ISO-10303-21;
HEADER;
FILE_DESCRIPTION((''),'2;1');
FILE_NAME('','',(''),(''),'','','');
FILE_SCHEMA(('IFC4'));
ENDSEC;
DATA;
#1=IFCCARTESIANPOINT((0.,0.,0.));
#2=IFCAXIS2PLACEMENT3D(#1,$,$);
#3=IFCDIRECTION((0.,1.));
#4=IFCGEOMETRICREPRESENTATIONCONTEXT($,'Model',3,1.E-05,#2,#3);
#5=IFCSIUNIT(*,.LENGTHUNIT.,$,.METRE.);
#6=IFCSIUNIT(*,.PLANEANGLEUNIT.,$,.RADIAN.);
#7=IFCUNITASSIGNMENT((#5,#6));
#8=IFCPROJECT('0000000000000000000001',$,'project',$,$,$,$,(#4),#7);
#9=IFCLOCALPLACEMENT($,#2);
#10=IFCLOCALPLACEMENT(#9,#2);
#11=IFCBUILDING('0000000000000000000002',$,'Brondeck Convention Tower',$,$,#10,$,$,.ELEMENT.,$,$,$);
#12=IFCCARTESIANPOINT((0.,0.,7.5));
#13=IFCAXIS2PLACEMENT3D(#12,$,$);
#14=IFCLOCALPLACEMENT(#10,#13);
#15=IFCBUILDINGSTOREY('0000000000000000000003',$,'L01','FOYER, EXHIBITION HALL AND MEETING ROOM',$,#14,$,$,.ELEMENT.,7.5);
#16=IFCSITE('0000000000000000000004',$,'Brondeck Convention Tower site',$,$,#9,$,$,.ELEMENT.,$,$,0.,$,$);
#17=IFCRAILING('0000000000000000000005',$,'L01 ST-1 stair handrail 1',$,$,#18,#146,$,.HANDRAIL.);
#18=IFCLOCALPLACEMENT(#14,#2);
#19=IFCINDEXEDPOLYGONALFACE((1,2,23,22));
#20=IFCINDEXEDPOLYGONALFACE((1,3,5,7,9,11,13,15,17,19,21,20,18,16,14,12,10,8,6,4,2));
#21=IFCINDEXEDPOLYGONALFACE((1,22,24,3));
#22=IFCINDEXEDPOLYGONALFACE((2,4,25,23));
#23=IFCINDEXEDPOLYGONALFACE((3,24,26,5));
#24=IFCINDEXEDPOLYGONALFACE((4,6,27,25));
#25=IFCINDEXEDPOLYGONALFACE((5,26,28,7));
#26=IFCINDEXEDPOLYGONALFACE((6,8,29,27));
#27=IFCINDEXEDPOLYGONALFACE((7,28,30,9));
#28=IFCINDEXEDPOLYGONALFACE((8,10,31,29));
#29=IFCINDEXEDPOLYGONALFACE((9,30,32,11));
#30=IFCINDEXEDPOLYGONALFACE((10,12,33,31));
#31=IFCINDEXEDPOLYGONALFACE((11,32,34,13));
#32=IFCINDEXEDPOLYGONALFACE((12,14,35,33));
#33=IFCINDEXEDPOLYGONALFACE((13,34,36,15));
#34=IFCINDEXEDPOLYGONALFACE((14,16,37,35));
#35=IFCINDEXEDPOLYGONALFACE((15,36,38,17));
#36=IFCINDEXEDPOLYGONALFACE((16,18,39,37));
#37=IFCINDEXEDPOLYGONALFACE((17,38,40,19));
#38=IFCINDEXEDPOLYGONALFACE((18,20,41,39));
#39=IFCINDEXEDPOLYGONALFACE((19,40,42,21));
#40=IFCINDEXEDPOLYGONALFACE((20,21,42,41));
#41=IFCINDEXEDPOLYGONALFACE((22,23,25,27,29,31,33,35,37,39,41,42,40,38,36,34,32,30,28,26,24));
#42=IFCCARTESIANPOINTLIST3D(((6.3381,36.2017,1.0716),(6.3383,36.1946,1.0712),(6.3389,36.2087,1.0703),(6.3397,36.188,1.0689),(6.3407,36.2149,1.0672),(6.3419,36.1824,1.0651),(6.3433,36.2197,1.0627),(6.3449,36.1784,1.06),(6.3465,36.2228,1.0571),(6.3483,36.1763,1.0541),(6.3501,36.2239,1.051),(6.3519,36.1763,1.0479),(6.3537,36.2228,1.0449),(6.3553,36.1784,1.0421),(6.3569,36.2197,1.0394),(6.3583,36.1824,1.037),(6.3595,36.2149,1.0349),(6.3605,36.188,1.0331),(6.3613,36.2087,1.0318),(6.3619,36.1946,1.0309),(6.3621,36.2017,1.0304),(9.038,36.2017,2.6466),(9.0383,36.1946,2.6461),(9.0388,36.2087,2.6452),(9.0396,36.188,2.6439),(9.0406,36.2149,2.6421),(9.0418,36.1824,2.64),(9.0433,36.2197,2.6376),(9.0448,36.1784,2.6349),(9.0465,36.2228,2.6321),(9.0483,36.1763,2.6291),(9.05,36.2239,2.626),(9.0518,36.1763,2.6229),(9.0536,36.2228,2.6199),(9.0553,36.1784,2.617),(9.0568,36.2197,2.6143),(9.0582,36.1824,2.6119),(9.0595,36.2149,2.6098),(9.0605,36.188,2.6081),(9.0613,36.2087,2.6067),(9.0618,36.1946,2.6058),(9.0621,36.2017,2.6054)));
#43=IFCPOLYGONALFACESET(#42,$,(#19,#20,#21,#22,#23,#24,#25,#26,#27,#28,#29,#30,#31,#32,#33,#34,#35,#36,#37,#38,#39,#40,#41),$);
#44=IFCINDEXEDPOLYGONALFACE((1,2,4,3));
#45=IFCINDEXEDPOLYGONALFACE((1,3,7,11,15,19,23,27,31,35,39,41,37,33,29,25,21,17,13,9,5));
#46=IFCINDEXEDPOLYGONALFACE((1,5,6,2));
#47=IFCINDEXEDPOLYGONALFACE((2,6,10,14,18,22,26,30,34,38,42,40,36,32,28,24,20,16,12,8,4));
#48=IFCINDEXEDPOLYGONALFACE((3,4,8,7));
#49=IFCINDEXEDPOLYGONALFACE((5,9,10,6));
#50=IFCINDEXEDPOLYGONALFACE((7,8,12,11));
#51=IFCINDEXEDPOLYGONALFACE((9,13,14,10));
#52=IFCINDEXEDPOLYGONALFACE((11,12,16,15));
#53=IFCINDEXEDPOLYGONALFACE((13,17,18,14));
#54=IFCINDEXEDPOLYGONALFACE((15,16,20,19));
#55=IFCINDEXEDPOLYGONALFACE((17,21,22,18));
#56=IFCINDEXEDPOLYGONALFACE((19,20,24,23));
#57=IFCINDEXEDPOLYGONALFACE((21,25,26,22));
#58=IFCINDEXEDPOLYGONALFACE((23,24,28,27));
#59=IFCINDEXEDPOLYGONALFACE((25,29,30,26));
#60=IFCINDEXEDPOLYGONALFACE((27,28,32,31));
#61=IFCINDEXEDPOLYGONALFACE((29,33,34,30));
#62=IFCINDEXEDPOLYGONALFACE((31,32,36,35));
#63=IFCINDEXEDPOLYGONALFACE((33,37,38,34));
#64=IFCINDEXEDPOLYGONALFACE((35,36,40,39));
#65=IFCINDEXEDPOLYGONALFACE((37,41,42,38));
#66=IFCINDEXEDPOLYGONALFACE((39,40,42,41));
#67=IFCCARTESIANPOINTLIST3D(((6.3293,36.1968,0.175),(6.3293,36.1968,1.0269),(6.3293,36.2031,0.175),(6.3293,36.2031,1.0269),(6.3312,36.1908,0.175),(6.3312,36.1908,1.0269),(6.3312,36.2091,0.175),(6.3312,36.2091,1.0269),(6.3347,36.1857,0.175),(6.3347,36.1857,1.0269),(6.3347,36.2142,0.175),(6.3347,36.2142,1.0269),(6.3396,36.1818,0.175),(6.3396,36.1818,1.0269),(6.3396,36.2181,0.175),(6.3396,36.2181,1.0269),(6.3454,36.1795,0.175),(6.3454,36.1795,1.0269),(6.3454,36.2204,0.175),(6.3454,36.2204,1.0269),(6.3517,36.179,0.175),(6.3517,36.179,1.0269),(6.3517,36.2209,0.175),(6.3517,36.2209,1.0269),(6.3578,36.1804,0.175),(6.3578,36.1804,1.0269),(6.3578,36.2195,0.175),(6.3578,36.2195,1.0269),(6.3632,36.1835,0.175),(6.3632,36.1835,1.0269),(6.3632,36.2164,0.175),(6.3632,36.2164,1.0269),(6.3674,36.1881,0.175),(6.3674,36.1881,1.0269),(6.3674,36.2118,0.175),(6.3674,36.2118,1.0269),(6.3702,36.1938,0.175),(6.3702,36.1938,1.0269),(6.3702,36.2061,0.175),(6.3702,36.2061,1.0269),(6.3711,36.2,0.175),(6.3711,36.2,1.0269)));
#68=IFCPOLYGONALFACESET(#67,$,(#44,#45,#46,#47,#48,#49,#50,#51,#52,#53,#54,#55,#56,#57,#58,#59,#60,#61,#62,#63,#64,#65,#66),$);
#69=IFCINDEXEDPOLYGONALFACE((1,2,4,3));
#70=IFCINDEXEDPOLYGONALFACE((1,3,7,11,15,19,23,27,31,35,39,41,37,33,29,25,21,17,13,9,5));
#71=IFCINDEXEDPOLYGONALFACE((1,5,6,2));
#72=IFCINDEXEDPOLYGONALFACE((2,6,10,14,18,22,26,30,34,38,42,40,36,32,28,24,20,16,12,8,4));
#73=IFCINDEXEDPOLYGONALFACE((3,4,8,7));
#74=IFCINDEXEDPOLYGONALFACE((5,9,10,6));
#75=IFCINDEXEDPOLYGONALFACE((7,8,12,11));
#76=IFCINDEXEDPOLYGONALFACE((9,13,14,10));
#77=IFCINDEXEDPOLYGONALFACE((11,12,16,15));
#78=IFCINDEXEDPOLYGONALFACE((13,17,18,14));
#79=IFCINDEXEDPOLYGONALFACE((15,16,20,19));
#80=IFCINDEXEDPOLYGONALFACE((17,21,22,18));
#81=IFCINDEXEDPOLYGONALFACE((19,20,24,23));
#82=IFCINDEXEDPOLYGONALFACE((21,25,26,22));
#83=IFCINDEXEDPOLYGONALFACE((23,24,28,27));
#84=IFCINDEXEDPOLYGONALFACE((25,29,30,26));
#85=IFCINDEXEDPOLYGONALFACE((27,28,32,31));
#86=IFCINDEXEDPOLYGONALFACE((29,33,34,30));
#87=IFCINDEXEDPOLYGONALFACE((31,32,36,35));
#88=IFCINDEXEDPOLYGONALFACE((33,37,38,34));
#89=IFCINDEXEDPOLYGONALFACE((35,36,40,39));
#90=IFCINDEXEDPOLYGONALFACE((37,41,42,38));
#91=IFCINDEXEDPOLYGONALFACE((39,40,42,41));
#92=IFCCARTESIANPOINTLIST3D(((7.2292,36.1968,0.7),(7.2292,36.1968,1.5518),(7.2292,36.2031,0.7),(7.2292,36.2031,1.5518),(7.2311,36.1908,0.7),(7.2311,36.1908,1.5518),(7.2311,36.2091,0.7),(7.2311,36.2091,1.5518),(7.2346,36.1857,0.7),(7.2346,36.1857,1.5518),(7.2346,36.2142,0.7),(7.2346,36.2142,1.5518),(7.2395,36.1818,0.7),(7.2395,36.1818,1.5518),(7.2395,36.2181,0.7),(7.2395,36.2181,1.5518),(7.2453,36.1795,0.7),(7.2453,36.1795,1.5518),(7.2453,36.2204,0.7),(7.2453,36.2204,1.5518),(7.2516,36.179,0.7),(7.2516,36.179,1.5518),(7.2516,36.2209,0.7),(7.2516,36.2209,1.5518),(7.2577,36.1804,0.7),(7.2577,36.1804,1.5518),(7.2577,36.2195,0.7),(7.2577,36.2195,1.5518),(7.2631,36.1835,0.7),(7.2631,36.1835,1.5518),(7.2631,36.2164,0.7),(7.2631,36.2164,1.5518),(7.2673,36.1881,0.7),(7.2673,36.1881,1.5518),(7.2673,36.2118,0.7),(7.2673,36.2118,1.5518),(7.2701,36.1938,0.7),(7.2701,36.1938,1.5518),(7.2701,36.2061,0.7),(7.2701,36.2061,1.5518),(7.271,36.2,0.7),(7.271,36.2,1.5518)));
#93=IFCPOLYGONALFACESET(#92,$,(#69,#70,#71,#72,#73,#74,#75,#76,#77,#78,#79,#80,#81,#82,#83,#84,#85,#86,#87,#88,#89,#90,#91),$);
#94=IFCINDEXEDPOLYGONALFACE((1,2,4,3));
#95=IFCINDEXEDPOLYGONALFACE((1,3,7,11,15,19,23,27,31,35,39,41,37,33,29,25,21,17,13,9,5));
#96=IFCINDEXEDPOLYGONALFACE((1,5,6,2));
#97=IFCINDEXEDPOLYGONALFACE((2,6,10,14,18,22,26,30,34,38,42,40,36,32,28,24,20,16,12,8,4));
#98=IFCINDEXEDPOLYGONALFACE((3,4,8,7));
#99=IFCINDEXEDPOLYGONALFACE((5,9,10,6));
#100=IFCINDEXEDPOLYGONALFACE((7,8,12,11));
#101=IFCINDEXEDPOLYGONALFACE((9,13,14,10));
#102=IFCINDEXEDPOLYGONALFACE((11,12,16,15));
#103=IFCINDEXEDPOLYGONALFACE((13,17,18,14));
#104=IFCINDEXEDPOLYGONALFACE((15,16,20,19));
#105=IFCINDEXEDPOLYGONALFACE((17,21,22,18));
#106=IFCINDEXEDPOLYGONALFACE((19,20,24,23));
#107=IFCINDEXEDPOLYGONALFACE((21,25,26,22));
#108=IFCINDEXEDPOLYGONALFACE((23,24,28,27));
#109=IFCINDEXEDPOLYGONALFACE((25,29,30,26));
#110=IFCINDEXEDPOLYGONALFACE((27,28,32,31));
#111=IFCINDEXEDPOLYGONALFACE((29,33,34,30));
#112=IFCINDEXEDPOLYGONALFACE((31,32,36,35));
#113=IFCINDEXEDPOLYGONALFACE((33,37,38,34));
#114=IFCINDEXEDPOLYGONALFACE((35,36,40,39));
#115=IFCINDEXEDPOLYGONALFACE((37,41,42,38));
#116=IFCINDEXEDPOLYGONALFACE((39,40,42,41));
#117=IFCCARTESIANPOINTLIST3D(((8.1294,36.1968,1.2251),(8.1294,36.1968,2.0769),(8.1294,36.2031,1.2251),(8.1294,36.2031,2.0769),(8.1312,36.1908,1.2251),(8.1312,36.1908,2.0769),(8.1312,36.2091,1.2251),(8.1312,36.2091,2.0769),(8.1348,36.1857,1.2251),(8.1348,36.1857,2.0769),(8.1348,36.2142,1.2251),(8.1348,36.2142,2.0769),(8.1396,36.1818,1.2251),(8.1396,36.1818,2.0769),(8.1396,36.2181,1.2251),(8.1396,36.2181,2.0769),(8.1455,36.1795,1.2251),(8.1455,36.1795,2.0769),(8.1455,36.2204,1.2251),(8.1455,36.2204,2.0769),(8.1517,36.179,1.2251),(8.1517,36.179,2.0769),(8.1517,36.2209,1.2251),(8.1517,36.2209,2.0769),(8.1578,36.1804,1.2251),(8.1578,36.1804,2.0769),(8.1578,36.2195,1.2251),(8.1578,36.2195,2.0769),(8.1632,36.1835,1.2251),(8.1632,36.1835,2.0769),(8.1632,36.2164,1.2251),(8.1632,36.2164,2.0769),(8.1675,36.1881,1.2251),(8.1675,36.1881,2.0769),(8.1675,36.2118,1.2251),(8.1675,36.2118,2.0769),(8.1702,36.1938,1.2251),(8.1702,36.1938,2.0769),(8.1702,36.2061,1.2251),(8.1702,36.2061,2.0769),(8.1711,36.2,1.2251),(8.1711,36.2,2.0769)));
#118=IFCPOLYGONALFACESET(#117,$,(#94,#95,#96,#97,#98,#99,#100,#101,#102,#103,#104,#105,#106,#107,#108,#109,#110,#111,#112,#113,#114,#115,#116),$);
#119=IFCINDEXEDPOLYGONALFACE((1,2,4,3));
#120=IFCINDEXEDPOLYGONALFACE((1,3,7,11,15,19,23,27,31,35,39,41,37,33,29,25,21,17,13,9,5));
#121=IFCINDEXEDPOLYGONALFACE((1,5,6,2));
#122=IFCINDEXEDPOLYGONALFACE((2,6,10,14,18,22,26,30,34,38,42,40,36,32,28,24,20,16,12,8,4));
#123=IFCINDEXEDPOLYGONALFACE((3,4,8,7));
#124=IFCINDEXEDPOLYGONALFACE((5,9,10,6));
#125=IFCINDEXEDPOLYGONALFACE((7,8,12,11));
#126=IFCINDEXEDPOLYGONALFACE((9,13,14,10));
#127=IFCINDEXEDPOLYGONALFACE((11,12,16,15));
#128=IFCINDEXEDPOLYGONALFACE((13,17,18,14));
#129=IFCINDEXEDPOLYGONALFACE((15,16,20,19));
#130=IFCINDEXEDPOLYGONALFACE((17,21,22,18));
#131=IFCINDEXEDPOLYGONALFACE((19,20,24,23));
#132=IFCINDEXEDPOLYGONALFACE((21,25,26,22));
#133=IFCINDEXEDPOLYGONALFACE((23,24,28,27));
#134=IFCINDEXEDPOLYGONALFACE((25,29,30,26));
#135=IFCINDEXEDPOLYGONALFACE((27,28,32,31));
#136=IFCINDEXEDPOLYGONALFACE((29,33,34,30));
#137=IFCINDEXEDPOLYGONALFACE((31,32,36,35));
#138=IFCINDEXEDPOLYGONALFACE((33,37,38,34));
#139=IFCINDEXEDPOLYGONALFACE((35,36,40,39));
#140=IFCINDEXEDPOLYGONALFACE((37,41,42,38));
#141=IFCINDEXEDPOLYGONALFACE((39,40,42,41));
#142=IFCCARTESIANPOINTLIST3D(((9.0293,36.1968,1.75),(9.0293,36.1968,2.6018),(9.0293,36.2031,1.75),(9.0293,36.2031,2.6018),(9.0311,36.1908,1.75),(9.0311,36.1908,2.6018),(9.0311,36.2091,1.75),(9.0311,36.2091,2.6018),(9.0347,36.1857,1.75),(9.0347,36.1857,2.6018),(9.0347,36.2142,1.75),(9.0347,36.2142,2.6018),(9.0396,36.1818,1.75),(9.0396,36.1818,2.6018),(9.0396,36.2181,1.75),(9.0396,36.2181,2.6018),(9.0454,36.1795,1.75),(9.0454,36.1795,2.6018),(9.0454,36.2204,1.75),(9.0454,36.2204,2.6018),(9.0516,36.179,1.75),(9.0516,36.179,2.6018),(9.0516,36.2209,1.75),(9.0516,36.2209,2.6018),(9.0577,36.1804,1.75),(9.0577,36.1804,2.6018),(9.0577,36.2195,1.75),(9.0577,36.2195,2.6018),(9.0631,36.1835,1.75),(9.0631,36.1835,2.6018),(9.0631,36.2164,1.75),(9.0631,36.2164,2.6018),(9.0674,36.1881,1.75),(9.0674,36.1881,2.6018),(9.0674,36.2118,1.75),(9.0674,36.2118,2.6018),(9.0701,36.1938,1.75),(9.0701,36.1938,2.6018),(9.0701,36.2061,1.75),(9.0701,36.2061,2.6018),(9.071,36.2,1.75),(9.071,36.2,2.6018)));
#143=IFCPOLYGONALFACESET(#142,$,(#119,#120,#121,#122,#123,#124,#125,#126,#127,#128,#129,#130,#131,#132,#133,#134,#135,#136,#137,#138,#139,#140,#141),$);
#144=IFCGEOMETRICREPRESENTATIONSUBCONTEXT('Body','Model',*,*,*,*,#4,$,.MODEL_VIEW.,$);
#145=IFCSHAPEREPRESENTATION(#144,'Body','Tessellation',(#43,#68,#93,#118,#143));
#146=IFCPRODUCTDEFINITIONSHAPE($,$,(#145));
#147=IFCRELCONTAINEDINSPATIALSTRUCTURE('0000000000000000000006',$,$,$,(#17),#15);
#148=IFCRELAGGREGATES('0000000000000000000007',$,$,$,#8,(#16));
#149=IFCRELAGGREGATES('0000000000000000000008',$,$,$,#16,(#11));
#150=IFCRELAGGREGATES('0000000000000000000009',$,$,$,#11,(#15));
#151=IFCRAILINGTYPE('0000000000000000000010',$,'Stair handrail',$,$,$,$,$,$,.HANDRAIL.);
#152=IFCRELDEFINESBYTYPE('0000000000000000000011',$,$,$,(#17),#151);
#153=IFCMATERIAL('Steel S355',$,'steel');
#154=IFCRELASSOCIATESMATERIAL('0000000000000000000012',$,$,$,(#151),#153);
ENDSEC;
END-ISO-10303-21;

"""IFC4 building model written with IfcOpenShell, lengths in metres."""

from ifc_helpers import new_model, si_unit, direction, frame, origin, origin_2d, place, context, subcontext, project, spatial, circle, extrude, material, type_object, element, save


model = new_model("IFC4")

# Units and contexts
model_context = context("Model", 3, precision=1e-05, world=origin(), true_north=direction((0.0, 1.0)))
body_context = subcontext(model_context, "Body", "Model", "MODEL_VIEW")
ifc_project = project(units=[si_unit("LENGTHUNIT", "METRE"), si_unit("PLANEANGLEUNIT", "RADIAN")], contexts=[model_context])

# Site, building, storey
site_placement = place(None, origin())
site = spatial("IfcSite", under=ifc_project, at=site_placement, Name="Brondeck Convention Tower site", CompositionType="ELEMENT", RefElevation=0.0)
building_placement = place(site_placement, origin())
building = spatial("IfcBuilding", under=site, at=building_placement, Name="Brondeck Convention Tower", CompositionType="ELEMENT")
storey_placement = place(building_placement, frame((0.0, 0.0, 7.5)))
storey = spatial("IfcBuildingStorey", under=building, at=storey_placement, Name="L01", Description="FOYER, EXHIBITION HALL AND MEETING ROOM", CompositionType="ELEMENT", Elevation=7.5)

# Shared definitions
ifc_material_1 = material(Name="Steel S355", Category="steel")

# Railing
railing_type = type_object("IfcRailingType", Name="Stair handrail", PredefinedType="HANDRAIL", material=ifc_material_1)
for number, where, name in (
    (1, (6.3501, 36.2, 0.175), "L01 ST-1 stair handrail 1"),
):
    element("IfcRailing", number, at=place(storey_placement, frame(where)), inside=storey, type_object=railing_type, Name=name, PredefinedType="HANDRAIL", context=body_context, shape_type="SweptSolid", body=[
        extrude(circle(Radius=0.0239, at=origin_2d()), frame((0.0, 0.0, 0.876), z_axis=(0.863782, 0.0, 0.503866), x_axis=(0.0, 1.0, 0.0)), (0.0, 0.0, 1.0), 3.1257),
        extrude(circle(Radius=0.021, at=origin_2d()), origin(), (0.0, 0.0, 1.0), 0.8518),
        extrude(circle(Radius=0.021, at=origin_2d()), frame((0.8999, 0.0, 0.5249)), (0.0, 0.0, 1.0), 0.8518),
        extrude(circle(Radius=0.021, at=origin_2d()), frame((1.8, 0.0, 1.05)), (0.0, 0.0, 1.0), 0.8518),
        extrude(circle(Radius=0.021, at=origin_2d()), frame((2.7, 0.0, 1.575)), (0.0, 0.0, 1.0), 0.8518),
    ])

save(model, "model.ifc")
